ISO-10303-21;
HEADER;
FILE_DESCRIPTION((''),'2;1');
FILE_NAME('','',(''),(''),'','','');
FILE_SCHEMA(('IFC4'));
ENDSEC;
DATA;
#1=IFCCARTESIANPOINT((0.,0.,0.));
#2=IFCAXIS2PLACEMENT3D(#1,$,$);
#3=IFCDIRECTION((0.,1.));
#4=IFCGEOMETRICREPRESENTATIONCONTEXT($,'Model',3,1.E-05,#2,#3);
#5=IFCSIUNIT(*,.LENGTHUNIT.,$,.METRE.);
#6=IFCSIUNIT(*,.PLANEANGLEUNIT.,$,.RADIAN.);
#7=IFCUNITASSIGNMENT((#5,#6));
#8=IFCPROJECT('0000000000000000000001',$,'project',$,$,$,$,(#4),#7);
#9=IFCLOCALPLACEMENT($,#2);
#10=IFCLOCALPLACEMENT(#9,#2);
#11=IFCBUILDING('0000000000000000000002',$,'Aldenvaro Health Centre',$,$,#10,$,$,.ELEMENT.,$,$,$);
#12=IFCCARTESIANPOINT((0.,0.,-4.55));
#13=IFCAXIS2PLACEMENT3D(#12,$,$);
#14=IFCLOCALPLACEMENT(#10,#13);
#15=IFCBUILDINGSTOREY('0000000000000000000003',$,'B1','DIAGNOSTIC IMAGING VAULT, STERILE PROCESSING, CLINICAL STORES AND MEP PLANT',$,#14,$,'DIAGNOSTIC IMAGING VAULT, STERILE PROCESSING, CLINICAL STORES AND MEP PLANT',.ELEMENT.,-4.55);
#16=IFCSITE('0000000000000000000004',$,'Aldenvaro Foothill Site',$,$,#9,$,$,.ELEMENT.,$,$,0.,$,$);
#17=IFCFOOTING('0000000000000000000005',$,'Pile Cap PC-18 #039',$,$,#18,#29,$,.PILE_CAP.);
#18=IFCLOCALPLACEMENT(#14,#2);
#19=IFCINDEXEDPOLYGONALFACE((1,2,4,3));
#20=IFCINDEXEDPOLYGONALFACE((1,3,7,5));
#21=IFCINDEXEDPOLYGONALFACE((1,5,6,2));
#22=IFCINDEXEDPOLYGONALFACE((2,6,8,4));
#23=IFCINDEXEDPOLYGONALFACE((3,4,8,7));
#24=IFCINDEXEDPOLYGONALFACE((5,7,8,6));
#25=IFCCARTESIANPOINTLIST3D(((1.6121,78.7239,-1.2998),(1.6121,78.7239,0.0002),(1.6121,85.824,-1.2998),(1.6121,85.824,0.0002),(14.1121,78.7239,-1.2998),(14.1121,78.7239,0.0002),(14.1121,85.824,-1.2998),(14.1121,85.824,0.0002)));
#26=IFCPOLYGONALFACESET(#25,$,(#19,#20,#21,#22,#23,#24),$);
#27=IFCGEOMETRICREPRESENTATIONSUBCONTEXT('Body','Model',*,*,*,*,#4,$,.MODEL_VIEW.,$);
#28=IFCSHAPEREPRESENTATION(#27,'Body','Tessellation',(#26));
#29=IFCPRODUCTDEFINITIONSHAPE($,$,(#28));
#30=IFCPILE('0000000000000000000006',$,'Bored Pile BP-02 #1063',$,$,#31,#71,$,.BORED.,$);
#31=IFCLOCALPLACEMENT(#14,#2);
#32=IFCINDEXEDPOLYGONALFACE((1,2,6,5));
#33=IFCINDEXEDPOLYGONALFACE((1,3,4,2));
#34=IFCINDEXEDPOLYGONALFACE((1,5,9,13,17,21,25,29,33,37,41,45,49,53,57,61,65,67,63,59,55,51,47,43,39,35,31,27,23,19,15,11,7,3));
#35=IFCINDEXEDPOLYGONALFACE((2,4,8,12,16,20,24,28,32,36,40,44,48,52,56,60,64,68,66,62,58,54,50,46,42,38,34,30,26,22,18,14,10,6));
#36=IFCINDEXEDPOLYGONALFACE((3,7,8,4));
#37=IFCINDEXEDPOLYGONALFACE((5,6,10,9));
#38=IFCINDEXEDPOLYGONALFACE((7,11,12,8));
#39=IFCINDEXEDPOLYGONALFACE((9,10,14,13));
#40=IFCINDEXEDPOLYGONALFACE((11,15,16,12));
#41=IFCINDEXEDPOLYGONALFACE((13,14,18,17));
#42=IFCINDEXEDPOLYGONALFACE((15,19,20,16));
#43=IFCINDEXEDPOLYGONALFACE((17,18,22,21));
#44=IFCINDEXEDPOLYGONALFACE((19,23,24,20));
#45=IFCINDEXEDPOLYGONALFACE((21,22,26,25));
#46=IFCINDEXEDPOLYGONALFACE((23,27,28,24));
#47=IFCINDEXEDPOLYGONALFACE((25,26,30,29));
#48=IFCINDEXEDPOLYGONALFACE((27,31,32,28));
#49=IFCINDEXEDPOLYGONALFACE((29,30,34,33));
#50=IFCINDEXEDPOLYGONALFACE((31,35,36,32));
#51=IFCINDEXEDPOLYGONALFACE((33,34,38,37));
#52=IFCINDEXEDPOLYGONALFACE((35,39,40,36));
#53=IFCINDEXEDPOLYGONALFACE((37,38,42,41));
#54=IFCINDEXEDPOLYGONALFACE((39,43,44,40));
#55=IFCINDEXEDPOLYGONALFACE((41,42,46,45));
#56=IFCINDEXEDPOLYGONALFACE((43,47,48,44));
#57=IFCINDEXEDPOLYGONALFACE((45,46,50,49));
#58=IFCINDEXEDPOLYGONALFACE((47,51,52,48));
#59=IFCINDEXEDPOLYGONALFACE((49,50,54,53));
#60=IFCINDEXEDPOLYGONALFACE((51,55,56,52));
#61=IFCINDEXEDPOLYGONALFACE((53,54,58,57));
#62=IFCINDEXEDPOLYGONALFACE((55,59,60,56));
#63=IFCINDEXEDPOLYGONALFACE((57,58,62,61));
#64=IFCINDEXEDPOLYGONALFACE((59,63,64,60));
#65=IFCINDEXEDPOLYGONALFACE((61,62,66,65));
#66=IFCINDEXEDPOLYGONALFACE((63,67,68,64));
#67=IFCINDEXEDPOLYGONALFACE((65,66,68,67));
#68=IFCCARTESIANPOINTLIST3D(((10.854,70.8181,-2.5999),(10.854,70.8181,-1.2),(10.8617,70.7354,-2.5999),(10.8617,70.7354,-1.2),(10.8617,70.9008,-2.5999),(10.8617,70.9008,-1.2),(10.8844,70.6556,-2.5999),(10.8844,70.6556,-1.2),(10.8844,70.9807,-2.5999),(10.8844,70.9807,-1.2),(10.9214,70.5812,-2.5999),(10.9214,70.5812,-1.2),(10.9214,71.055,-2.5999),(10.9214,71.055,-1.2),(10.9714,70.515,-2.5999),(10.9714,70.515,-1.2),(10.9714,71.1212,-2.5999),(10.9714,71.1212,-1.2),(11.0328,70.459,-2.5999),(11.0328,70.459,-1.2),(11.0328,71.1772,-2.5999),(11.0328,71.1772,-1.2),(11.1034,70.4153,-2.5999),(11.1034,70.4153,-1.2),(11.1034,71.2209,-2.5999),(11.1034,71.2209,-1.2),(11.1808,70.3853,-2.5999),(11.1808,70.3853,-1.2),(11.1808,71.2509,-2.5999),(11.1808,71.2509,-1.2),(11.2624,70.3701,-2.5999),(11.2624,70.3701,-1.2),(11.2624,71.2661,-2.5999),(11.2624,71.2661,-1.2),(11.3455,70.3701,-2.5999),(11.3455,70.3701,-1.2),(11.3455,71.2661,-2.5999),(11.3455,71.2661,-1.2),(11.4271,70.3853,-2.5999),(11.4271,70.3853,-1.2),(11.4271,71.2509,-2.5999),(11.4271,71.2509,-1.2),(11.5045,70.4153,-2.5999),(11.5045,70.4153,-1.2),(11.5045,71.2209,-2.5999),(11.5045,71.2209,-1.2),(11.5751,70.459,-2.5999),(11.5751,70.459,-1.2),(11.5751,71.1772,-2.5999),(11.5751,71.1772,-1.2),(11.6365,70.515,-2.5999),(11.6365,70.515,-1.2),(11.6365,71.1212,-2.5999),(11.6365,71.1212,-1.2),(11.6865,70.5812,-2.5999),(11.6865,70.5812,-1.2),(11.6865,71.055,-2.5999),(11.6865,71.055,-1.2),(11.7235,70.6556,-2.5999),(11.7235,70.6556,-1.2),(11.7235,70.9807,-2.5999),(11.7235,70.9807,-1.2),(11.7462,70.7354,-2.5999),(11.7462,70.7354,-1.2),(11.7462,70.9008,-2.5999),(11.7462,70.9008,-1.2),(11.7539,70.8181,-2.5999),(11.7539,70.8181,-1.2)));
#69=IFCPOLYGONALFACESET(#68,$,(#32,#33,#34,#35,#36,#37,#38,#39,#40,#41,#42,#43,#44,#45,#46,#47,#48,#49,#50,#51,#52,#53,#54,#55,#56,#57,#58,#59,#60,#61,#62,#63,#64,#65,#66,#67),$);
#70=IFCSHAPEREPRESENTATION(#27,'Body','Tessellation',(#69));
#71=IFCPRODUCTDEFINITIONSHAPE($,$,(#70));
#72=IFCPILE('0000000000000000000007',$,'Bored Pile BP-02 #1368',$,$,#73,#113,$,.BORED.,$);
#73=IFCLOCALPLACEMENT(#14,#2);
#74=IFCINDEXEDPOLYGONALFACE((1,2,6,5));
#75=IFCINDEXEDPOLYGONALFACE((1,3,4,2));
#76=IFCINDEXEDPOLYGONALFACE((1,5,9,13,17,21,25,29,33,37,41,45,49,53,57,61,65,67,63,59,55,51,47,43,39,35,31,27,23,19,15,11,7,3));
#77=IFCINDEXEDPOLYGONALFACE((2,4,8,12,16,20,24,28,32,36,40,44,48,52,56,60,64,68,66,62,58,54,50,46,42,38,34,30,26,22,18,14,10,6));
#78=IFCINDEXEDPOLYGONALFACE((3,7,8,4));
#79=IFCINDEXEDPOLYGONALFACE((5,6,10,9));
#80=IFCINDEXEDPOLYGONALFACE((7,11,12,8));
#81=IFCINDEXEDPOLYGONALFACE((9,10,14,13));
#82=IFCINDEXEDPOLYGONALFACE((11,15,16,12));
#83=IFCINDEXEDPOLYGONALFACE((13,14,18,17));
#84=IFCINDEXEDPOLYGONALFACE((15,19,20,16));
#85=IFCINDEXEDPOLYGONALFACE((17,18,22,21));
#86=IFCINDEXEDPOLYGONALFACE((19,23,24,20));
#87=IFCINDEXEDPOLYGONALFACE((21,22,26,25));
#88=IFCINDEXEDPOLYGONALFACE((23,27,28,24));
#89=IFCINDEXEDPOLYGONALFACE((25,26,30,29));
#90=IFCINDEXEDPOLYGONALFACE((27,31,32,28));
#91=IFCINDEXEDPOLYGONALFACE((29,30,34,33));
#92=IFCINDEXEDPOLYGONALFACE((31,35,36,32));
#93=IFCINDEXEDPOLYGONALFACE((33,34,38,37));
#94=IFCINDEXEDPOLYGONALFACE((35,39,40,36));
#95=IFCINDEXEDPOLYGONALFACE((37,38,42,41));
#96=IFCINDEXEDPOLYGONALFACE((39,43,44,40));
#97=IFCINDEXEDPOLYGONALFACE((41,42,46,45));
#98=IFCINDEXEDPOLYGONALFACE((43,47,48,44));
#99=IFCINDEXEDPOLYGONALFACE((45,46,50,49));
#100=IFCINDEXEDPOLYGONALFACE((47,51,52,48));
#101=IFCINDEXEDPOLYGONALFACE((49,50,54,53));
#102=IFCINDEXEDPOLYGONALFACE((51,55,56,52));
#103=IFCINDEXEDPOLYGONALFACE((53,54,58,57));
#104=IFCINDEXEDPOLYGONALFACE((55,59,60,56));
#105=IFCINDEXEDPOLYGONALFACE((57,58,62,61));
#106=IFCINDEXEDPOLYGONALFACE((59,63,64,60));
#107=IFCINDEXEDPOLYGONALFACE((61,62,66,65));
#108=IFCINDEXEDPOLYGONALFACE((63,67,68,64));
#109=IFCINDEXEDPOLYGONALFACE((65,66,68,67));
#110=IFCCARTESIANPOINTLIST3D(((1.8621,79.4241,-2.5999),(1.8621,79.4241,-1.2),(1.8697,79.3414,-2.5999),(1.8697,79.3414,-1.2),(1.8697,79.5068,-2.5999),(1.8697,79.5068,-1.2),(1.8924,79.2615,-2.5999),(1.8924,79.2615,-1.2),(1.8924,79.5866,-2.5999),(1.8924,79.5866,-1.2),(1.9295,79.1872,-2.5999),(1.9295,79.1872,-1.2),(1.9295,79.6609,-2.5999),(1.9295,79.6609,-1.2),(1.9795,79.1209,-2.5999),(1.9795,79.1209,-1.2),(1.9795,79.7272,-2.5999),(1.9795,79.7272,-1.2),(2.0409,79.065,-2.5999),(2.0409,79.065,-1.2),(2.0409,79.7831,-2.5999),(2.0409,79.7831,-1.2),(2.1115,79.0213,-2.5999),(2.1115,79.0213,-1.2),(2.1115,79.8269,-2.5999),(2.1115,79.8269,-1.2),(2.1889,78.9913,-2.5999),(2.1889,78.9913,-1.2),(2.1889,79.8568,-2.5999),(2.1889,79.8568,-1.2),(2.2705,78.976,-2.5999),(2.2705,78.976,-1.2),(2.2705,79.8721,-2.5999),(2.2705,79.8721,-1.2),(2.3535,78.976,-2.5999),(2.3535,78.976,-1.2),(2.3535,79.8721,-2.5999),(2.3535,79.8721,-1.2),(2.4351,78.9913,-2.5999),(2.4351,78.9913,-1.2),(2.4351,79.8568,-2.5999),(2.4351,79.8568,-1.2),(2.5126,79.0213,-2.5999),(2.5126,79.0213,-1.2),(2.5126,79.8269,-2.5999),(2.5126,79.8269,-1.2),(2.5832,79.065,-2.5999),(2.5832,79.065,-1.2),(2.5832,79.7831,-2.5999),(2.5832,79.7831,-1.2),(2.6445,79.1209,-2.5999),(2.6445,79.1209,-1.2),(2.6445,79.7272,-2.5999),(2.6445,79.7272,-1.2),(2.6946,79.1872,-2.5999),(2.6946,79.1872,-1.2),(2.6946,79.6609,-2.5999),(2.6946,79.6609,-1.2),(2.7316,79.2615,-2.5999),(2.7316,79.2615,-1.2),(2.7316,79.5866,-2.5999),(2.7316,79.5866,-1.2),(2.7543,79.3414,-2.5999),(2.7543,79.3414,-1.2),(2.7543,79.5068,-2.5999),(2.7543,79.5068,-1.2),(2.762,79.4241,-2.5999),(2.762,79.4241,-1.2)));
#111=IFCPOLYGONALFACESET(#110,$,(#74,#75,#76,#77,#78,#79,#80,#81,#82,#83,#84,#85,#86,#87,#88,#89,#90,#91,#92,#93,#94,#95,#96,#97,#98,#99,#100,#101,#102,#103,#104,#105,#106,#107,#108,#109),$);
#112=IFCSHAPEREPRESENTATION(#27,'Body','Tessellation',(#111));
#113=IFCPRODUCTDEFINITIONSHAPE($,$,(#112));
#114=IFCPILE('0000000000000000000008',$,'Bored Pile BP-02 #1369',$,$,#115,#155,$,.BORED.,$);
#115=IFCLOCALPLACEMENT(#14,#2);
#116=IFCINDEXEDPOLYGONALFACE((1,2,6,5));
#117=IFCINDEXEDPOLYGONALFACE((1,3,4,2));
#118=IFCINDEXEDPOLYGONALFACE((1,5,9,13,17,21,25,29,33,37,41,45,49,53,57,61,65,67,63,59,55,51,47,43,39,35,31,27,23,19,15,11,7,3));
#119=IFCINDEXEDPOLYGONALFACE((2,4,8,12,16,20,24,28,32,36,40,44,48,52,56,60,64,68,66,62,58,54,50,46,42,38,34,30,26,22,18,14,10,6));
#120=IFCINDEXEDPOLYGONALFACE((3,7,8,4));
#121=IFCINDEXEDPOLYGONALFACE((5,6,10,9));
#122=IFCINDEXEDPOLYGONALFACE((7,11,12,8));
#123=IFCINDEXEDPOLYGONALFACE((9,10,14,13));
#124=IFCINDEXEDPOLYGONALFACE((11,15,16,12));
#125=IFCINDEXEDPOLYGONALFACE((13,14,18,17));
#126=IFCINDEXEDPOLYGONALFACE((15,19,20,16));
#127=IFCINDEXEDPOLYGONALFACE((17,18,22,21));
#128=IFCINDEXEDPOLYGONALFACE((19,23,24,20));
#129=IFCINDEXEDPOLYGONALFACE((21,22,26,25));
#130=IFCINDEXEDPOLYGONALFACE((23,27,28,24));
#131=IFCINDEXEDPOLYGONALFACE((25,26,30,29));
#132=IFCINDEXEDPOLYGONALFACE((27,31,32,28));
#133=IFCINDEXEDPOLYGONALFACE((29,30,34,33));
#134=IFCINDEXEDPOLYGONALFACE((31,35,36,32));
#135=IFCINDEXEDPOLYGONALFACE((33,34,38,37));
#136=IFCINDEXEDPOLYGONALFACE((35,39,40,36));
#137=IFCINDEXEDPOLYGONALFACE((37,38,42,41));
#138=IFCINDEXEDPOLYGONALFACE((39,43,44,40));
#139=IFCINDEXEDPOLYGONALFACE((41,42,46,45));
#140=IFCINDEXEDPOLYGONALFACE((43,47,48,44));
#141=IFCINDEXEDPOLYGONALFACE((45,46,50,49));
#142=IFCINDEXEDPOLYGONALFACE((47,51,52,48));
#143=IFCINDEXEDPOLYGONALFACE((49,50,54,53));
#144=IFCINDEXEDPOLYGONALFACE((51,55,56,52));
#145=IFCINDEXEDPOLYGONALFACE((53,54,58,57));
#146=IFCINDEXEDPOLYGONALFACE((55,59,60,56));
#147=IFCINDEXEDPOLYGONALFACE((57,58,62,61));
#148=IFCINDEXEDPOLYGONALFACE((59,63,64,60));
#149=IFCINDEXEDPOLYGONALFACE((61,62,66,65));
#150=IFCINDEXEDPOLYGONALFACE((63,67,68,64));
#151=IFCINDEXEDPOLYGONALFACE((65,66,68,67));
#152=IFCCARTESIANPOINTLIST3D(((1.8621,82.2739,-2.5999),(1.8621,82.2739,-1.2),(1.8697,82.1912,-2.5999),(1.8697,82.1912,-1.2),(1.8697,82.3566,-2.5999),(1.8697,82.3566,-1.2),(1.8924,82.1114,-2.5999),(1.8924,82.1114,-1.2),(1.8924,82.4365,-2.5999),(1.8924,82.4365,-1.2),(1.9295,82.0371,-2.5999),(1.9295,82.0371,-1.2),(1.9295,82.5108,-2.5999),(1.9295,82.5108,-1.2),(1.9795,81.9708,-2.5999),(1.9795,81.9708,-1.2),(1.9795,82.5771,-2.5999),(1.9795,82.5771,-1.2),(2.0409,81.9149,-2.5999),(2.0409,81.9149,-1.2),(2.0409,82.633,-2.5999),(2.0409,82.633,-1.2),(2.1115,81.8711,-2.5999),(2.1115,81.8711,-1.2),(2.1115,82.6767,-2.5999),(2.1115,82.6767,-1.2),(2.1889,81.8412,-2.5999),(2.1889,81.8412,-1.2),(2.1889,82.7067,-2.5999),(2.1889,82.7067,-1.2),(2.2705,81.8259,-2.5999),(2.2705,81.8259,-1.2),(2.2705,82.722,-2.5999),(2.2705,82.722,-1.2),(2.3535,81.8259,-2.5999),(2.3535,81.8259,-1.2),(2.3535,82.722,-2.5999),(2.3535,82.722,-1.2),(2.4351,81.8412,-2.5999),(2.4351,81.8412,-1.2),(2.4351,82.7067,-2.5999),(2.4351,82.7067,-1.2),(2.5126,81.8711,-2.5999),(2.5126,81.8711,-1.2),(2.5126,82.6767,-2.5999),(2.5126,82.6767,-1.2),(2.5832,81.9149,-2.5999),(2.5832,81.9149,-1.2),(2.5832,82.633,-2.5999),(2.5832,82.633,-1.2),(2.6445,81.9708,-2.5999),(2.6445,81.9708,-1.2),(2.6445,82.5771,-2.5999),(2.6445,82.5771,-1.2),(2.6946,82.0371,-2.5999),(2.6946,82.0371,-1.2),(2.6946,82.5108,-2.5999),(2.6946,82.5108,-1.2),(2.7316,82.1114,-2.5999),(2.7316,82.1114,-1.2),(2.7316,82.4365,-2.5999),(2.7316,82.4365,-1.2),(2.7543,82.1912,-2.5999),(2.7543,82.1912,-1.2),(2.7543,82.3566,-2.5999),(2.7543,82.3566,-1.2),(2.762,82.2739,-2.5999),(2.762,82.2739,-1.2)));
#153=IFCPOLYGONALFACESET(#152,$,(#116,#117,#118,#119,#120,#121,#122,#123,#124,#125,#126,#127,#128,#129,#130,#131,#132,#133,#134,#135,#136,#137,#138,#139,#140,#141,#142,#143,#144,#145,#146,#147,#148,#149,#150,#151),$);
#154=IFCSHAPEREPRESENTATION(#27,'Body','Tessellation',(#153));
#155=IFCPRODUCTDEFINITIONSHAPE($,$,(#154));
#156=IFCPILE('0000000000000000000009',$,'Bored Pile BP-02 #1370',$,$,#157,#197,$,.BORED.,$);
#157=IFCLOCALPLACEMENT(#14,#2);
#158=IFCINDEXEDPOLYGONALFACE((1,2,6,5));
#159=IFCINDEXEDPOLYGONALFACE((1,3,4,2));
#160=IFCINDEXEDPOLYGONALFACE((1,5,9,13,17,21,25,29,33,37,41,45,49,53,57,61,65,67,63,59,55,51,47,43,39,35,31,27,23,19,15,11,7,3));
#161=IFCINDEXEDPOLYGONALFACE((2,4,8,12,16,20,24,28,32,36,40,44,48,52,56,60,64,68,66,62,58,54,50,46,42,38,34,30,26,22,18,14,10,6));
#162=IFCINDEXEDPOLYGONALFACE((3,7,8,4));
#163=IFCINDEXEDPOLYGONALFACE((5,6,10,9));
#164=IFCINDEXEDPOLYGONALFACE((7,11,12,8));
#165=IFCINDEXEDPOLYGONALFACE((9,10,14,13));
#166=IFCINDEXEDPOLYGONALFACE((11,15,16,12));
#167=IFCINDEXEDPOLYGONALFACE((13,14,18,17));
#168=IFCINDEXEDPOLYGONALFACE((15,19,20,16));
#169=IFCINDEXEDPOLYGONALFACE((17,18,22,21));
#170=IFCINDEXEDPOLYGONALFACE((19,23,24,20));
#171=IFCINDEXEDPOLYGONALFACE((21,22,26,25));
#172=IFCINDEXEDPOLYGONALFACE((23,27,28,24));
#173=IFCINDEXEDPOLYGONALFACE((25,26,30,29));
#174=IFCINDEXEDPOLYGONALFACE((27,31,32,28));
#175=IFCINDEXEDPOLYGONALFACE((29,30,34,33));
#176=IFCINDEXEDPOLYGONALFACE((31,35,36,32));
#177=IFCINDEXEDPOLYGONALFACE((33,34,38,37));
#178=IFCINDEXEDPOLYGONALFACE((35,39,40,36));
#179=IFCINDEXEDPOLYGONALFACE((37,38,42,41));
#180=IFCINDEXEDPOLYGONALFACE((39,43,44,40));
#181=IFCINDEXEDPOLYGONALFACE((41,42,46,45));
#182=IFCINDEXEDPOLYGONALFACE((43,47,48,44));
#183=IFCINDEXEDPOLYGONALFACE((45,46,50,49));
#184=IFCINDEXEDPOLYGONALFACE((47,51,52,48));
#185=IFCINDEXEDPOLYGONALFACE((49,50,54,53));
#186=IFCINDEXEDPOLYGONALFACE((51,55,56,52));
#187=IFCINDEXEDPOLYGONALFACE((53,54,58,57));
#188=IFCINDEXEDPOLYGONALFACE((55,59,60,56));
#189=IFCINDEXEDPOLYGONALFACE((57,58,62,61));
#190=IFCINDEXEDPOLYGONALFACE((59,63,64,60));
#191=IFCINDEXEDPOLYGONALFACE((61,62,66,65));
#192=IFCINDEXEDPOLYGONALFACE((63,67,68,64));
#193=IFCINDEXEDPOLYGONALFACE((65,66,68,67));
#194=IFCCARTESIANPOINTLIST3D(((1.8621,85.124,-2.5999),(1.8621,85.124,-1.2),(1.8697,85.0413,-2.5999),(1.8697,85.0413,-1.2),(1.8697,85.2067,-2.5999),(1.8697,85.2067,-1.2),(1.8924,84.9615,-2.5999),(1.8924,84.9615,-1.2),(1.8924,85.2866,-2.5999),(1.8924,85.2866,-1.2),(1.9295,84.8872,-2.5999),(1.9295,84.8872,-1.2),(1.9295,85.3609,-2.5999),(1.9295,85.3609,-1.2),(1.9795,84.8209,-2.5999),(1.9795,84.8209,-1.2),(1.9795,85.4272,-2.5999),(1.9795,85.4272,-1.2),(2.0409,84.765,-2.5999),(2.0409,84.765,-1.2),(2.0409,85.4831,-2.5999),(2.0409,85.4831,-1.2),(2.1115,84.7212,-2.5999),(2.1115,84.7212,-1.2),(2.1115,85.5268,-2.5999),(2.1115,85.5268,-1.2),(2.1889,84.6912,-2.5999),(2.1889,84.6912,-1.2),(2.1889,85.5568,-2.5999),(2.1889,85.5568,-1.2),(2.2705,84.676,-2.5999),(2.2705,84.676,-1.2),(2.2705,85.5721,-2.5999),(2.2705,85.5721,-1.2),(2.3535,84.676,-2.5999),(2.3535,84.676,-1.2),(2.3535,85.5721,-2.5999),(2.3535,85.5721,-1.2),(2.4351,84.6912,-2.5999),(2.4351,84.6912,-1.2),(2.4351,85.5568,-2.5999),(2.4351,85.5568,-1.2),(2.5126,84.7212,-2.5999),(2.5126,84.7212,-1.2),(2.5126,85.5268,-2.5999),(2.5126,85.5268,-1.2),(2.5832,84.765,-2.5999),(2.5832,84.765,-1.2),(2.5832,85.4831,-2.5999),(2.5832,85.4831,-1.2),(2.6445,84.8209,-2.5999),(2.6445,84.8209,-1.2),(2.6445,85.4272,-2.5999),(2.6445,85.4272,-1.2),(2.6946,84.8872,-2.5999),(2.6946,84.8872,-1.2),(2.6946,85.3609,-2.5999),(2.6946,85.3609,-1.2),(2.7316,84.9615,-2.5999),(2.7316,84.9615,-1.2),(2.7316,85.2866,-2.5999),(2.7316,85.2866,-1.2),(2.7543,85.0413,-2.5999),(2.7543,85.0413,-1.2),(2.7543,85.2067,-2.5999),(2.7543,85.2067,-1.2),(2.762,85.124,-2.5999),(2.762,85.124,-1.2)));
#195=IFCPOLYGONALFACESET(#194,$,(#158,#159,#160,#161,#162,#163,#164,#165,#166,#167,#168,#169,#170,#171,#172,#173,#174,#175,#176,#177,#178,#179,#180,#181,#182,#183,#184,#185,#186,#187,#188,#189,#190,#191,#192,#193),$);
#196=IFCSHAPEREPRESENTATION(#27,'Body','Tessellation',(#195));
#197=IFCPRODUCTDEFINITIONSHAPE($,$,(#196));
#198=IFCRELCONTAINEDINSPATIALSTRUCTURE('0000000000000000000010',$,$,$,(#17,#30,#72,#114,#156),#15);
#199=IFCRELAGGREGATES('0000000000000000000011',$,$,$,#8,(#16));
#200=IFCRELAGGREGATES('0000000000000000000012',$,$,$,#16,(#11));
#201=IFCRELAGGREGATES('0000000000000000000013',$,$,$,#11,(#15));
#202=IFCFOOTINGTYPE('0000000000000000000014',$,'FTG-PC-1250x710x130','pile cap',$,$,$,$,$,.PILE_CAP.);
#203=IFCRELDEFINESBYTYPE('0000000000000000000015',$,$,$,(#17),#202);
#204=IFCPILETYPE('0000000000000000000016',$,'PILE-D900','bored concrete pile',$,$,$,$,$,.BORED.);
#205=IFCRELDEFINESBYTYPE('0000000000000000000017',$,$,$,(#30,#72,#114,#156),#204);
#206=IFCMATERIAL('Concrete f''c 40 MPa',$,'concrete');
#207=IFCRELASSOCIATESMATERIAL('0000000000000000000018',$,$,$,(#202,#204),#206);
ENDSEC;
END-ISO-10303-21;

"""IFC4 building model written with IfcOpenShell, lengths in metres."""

from ifc_helpers import new_model, si_unit, direction, frame, origin, origin_2d, place, context, subcontext, project, spatial, rectangle, circle, extrude, material, material_profile, profile_set, type_object, element, save


model = new_model("IFC4")

# Units and contexts
model_context = context("Model", 3, precision=1e-05, world=origin(), true_north=direction((0.0, 1.0)))
body_context = subcontext(model_context, "Body", "Model", "MODEL_VIEW")
ifc_project = project(units=[si_unit("LENGTHUNIT", "METRE"), si_unit("PLANEANGLEUNIT", "RADIAN")], contexts=[model_context])

# Site, building, storey
site_placement = place(None, origin())
site = spatial("IfcSite", under=ifc_project, at=site_placement, Name="Aldenvaro Foothill Site", CompositionType="ELEMENT", RefElevation=0.0)
building_placement = place(site_placement, origin())
building = spatial("IfcBuilding", under=site, at=building_placement, Name="Aldenvaro Health Centre", CompositionType="ELEMENT")
storey_placement = place(building_placement, frame((0.0, 0.0, -4.55)))
storey = spatial("IfcBuildingStorey", under=building, at=storey_placement, Name="B1", Description="DIAGNOSTIC IMAGING VAULT, STERILE PROCESSING, CLINICAL STORES AND MEP PLANT", LongName="DIAGNOSTIC IMAGING VAULT, STERILE PROCESSING, CLINICAL STORES AND MEP PLANT", CompositionType="ELEMENT", Elevation=-4.55)

# Footing
ifc_material = material(Name="Concrete f'c 40 MPa", Category="concrete")
footing_type = type_object("IfcFootingType", Name="FTG-PC-1250x710x130", Description="pile cap", PredefinedType="PILE_CAP", material=ifc_material)
footing_placement = place(storey_placement, frame((7.8621, 82.2739, -1.2998), z_axis=(0.0, 0.0, 1.0), x_axis=(1.0, 0.0, 0.0)))
element("IfcFooting", 1, at=footing_placement, inside=storey, type_object=footing_type, Name="Pile Cap PC-18 #039", PredefinedType="PILE_CAP", context=body_context, shape_type="SweptSolid", body=[
    extrude(rectangle(XDim=12.5, YDim=7.1001, at=origin_2d()), origin(), (0.0, 0.0, 1.0), 1.3),
])

# Piles
ifc_material_profile_1 = material_profile(ifc_material, circle(Radius=0.45, at=origin_2d()), Name="PILE D900", Category="concrete")
ifc_profile_set_1 = profile_set([ifc_material_profile_1], Name="Concrete f'c 40 MPa")
pile_type = type_object("IfcPileType", Name="PILE-D900", Description="bored concrete pile", PredefinedType="BORED", material=ifc_profile_set_1)
for number, where, z_axis, x_axis, name in (
    (2, (11.304, 70.8181, -1.2), (0.0, 0.0, -1.0), (1.0, 0.0, 0.0), "Bored Pile BP-02 #1063"),
    (3, (2.312, 79.4241, -1.2), (0.0, 0.0, -1.0), (1.0, 0.0, 0.0), "Bored Pile BP-02 #1368"),
    (4, (2.312, 82.2739, -1.2), (0.0, 0.0, -1.0), (1.0, 0.0, 0.0), "Bored Pile BP-02 #1369"),
    (5, (2.312, 85.124, -1.2), (0.0, 0.0, -1.0), (1.0, 0.0, 0.0), "Bored Pile BP-02 #1370"),
):
    element("IfcPile", number, at=place(storey_placement, frame(where, z_axis=z_axis, x_axis=x_axis)), inside=storey, type_object=pile_type, Name=name, PredefinedType="BORED", context=body_context, shape_type="SweptSolid", body=[
        extrude(circle(Radius=0.45, at=origin_2d()), origin(), (0.0, 0.0, 1.0), 1.3999),
    ])

save(model, "model.ifc")
